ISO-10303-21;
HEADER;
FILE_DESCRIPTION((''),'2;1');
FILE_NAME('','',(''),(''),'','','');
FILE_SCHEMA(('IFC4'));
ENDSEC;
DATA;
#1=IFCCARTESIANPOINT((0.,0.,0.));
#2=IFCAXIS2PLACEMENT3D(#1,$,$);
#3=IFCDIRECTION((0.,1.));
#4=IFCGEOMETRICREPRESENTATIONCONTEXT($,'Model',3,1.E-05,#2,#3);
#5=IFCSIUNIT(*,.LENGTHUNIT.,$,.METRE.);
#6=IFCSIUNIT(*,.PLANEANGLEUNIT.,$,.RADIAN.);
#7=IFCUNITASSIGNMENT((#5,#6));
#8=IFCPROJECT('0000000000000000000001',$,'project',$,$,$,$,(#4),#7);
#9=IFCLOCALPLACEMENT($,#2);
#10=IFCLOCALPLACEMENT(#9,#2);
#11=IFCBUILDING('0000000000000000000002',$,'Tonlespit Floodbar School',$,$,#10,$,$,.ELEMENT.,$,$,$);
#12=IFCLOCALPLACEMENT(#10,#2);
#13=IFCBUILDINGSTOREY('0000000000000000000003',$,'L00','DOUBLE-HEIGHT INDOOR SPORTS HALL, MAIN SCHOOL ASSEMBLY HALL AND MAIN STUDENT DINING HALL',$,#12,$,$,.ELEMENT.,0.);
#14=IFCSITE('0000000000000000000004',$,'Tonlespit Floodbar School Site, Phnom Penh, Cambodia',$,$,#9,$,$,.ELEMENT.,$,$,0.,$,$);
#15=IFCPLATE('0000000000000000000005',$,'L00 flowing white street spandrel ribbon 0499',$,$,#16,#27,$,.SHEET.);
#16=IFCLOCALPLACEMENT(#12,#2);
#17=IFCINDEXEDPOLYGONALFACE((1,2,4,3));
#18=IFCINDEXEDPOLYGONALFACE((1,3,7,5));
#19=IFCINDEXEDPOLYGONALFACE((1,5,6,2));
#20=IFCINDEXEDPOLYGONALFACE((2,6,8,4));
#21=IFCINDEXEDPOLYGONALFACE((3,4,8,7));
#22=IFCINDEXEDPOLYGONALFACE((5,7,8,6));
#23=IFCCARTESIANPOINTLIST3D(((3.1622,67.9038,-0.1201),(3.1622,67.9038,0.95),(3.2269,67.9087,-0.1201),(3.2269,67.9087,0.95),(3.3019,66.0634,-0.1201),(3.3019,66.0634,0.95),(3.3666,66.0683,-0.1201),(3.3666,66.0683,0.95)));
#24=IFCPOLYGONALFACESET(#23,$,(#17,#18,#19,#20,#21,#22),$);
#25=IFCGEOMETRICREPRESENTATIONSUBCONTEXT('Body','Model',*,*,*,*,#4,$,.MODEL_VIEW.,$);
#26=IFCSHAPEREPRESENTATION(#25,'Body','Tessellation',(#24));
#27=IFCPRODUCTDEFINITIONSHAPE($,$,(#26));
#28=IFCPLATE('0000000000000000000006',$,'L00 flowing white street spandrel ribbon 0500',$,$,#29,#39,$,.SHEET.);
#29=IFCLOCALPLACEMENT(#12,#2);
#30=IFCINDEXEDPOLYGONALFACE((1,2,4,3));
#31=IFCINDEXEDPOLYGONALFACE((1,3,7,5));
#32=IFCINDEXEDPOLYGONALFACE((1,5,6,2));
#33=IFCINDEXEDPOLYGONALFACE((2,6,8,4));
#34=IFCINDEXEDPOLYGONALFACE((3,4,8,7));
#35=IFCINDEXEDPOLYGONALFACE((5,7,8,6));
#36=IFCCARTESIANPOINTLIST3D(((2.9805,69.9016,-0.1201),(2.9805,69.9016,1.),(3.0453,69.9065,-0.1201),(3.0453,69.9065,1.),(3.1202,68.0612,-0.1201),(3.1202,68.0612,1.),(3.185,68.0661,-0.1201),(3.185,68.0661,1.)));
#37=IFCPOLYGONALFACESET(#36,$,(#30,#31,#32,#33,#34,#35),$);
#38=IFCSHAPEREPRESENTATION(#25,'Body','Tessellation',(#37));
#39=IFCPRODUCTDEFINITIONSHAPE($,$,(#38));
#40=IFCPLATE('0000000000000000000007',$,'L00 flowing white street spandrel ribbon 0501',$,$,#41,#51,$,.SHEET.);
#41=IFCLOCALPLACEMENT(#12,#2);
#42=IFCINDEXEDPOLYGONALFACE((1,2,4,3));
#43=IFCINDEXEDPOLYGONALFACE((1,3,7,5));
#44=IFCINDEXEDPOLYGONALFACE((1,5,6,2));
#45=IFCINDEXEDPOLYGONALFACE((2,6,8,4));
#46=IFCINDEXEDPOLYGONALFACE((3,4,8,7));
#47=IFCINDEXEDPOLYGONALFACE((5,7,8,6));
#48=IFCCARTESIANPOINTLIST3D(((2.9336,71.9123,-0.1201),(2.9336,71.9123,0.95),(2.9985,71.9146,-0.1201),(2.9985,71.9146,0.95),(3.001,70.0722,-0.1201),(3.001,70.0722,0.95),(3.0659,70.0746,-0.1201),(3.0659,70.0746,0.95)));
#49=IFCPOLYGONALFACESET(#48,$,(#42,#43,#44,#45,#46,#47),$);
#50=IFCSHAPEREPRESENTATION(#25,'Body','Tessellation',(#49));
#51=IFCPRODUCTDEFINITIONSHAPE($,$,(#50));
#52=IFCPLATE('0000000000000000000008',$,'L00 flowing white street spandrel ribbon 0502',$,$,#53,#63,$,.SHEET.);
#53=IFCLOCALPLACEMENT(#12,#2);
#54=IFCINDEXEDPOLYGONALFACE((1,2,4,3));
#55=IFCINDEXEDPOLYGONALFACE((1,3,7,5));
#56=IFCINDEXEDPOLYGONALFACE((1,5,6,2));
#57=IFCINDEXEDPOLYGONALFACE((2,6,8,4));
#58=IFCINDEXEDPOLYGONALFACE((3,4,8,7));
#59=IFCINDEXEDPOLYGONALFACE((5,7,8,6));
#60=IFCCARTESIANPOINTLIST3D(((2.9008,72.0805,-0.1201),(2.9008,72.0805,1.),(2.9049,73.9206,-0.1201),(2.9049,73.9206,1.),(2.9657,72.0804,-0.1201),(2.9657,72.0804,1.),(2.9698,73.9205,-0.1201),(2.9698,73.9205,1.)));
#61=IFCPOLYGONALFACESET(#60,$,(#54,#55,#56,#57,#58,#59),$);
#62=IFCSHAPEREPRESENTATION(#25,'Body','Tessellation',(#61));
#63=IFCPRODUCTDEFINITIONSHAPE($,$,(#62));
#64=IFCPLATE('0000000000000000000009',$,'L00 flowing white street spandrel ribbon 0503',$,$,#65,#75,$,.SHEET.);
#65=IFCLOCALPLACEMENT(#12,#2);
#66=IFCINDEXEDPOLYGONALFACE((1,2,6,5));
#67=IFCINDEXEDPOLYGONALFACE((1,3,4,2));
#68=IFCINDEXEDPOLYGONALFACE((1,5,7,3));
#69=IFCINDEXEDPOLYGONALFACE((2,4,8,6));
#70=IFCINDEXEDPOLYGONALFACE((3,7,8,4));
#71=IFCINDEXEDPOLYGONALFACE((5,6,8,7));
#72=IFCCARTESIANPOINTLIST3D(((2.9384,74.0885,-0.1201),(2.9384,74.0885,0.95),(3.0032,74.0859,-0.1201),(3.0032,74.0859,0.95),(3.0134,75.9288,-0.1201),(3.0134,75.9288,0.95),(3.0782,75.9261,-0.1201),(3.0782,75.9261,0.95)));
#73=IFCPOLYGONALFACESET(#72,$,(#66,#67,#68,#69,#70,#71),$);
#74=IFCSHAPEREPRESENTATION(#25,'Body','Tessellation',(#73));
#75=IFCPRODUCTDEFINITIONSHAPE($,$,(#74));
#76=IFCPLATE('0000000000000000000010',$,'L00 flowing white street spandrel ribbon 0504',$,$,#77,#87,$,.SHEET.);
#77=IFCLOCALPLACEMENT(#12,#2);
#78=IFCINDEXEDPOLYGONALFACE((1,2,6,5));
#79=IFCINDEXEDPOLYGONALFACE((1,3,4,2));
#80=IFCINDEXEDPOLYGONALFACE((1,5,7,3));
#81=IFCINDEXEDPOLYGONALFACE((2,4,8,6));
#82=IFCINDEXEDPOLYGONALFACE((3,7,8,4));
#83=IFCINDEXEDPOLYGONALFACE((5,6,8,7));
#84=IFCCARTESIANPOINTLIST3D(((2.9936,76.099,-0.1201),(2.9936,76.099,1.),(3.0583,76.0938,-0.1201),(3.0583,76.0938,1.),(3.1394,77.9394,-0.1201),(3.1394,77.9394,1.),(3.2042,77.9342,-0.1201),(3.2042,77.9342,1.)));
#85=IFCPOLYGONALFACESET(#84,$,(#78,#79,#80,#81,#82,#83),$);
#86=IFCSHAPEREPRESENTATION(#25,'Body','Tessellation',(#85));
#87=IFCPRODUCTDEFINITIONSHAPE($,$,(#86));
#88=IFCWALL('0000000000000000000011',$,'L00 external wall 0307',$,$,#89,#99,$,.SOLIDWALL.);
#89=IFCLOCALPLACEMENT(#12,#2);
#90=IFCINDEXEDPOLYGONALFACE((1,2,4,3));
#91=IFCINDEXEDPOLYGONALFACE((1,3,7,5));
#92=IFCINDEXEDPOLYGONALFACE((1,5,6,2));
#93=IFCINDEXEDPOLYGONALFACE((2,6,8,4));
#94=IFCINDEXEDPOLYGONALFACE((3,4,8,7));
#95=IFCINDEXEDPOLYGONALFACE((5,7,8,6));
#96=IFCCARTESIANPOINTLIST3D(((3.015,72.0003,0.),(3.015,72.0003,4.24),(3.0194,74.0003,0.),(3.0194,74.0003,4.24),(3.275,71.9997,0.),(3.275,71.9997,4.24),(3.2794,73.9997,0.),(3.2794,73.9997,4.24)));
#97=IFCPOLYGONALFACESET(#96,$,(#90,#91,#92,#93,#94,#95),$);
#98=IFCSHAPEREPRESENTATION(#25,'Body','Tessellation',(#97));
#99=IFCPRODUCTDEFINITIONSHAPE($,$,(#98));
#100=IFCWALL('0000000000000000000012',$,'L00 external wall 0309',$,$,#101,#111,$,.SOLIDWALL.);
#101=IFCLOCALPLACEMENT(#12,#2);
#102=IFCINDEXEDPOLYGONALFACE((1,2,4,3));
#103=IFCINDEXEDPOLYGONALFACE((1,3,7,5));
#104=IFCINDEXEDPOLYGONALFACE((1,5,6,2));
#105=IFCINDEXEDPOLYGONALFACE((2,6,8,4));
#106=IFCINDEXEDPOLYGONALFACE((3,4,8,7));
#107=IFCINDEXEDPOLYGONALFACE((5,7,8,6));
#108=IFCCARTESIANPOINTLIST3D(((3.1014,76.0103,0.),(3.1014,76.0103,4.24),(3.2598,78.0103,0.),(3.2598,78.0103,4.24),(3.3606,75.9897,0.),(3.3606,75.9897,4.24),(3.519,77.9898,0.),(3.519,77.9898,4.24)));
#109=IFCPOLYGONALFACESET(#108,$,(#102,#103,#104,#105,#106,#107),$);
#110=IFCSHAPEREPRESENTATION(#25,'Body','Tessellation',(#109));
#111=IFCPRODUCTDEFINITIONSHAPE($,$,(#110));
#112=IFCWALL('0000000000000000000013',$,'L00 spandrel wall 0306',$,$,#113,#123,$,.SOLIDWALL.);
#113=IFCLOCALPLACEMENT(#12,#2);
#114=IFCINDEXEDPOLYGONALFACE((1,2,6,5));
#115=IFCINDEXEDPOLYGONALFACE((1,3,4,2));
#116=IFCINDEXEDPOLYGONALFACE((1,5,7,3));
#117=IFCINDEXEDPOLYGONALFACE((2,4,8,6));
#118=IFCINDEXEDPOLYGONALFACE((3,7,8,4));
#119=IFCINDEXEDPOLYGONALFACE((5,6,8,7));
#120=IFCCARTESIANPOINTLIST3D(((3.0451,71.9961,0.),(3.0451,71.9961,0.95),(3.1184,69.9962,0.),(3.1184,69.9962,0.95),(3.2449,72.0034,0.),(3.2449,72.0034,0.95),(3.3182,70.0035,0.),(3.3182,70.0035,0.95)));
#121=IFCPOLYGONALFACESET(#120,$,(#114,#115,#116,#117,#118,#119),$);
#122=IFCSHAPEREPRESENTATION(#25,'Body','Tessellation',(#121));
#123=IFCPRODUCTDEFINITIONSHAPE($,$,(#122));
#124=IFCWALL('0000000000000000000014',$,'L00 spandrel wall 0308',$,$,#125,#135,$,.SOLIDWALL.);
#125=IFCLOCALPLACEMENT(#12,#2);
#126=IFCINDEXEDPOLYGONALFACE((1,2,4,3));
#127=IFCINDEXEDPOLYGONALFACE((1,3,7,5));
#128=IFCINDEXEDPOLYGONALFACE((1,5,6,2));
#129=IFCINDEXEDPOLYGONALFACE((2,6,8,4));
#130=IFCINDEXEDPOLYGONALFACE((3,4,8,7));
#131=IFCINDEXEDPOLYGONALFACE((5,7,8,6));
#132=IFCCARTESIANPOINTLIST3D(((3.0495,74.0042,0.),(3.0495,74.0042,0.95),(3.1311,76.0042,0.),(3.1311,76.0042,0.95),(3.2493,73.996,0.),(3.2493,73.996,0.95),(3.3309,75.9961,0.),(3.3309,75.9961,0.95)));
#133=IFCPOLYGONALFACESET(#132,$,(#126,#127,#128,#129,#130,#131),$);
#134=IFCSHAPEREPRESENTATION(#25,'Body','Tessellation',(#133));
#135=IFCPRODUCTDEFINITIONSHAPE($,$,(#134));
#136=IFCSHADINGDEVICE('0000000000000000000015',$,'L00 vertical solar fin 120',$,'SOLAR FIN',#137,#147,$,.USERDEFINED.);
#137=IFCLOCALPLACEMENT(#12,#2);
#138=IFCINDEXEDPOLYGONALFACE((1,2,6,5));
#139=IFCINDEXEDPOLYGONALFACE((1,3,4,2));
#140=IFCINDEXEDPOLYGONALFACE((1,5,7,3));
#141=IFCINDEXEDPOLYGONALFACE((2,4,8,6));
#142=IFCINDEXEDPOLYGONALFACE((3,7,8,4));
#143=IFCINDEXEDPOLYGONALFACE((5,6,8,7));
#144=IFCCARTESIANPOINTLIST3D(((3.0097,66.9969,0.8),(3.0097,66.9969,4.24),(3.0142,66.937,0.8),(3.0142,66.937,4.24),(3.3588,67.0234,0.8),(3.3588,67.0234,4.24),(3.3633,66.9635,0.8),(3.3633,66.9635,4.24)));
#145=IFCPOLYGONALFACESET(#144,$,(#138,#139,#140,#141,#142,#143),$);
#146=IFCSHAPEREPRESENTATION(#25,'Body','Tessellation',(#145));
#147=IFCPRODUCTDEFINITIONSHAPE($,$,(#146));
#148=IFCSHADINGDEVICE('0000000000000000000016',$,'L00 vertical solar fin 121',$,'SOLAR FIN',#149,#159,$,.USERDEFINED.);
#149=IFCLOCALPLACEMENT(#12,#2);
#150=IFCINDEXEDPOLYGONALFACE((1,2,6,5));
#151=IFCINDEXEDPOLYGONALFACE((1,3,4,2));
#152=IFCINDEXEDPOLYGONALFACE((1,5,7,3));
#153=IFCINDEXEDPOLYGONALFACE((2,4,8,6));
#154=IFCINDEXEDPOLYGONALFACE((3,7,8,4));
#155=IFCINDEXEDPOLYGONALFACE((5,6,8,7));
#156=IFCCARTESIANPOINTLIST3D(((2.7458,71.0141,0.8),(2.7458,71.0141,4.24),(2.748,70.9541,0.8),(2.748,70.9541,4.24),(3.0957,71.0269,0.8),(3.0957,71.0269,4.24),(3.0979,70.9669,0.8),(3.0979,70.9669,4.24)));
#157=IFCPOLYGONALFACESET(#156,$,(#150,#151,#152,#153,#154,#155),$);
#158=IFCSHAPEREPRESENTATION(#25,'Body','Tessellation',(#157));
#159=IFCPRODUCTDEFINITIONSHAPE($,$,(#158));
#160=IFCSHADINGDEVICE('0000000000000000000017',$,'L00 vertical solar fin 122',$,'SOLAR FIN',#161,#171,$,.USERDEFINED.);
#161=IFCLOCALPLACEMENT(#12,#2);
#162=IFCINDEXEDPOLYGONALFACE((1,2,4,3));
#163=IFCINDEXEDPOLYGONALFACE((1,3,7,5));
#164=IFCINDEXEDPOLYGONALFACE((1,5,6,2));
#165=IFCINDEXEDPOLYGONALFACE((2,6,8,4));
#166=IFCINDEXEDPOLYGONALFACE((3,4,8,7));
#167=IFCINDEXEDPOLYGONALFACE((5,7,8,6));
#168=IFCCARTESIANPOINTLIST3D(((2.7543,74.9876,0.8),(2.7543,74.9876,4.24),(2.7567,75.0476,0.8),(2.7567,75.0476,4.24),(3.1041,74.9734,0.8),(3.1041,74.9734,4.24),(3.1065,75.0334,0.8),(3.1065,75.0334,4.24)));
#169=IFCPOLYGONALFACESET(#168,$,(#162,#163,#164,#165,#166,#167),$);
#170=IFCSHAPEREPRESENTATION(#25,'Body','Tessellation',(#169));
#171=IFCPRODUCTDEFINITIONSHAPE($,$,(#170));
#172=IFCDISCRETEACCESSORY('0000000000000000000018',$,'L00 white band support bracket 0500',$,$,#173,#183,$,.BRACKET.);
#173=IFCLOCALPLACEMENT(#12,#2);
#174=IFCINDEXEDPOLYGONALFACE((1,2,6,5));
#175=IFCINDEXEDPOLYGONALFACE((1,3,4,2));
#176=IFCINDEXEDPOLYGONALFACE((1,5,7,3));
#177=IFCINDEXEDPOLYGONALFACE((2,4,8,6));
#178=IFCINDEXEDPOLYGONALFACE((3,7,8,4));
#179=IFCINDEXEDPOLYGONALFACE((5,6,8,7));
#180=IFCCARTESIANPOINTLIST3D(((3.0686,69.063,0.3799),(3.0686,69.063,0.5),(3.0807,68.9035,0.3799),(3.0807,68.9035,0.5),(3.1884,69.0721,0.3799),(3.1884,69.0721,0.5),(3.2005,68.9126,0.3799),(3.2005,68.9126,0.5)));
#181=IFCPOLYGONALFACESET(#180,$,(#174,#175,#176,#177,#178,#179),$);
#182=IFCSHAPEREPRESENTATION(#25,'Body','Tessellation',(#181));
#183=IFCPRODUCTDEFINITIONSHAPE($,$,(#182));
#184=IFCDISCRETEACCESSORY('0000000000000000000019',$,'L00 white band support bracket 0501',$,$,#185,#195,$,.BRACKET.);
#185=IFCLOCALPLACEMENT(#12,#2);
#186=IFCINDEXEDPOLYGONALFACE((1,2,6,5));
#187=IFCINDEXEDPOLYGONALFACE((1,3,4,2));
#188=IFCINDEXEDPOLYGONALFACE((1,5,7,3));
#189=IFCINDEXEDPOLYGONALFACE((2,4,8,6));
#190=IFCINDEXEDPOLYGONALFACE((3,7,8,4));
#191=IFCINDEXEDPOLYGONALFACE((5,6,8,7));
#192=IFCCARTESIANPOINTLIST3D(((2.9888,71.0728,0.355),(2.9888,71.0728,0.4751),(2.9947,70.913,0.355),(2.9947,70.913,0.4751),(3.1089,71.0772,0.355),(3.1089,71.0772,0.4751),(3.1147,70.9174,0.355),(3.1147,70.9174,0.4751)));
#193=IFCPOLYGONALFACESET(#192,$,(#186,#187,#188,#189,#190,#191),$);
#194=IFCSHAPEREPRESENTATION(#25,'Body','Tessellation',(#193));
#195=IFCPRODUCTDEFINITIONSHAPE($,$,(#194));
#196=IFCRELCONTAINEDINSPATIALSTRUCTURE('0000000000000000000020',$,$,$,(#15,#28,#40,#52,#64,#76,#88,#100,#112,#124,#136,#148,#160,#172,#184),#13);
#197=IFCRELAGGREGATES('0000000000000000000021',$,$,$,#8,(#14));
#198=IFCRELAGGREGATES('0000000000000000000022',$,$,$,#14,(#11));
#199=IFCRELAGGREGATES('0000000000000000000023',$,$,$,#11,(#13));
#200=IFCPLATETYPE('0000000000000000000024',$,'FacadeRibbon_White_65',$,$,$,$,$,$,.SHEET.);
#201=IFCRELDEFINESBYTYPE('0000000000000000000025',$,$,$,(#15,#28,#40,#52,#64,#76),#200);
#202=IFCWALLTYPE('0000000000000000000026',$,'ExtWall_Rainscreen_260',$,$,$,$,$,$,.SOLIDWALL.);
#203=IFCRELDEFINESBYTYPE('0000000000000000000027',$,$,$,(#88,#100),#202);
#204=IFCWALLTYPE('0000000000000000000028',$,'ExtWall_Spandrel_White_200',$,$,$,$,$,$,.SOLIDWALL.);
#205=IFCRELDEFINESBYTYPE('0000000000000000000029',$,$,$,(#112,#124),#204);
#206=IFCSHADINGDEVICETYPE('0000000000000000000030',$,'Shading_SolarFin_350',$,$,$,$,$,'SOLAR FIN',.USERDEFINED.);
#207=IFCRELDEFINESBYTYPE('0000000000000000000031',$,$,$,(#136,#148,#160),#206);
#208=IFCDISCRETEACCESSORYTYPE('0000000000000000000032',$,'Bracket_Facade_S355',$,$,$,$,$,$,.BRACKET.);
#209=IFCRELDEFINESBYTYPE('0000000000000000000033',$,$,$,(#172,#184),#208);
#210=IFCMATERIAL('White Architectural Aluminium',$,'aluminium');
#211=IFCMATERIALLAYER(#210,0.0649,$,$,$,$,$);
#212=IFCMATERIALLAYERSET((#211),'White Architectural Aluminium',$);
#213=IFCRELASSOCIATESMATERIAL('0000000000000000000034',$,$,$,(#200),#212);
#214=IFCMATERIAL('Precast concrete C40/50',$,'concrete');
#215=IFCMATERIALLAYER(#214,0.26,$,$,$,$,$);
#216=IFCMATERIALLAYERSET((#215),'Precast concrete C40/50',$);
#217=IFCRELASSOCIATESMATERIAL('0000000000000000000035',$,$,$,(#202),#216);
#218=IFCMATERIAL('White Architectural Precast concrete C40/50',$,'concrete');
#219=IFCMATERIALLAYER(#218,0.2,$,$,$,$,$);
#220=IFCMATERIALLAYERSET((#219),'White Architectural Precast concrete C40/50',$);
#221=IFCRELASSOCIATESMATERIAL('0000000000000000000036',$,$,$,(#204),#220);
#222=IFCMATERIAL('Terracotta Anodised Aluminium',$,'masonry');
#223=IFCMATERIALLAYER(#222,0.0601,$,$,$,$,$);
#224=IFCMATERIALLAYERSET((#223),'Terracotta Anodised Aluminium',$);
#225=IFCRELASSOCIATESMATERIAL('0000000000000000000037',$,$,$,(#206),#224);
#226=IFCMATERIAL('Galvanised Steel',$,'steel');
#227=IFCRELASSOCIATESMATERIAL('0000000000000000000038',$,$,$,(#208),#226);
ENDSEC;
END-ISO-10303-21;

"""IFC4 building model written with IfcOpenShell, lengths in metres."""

from ifc_helpers import new_model, si_unit, direction, frame, frame_2d, origin, origin_2d, place, context, subcontext, project, spatial, rectangle, extrude, material, layer, layer_set, type_object, element, save


model = new_model("IFC4")

# Units and contexts
model_context = context("Model", 3, precision=1e-05, world=origin(), true_north=direction((0.0, 1.0)))
body_context = subcontext(model_context, "Body", "Model", "MODEL_VIEW")
ifc_project = project(units=[si_unit("LENGTHUNIT", "METRE"), si_unit("PLANEANGLEUNIT", "RADIAN")], contexts=[model_context])

# Site, building, storey
site_placement = place(None, origin())
site = spatial("IfcSite", under=ifc_project, at=site_placement, Name="Tonlespit Floodbar School Site, Phnom Penh, Cambodia", CompositionType="ELEMENT", RefElevation=0.0)
building_placement = place(site_placement, origin())
building = spatial("IfcBuilding", under=site, at=building_placement, Name="Tonlespit Floodbar School", CompositionType="ELEMENT")
storey_placement = place(building_placement, origin())
storey = spatial("IfcBuildingStorey", under=building, at=storey_placement, Name="L00", Description="DOUBLE-HEIGHT INDOOR SPORTS HALL, MAIN SCHOOL ASSEMBLY HALL AND MAIN STUDENT DINING HALL", CompositionType="ELEMENT", Elevation=0.0)

# Plates
ifc_material_1 = material(Name="White Architectural Aluminium", Category="aluminium")
ifc_layer_1 = layer(ifc_material_1, 0.0649)
ifc_layer_set_1 = layer_set([ifc_layer_1], Name="White Architectural Aluminium")
plate_type_1 = type_object("IfcPlateType", Name="FacadeRibbon_White_65", PredefinedType="SHEET", material=ifc_layer_set_1)
plate_1_placement = place(storey_placement, frame((3.2644, 66.9861, -0.1201), z_axis=(0.0, 0.0, 1.0), x_axis=(-0.075682, 0.997132, 0.0)))
element("IfcPlate", 1, at=plate_1_placement, inside=storey, type_object=plate_type_1, Name="L00 flowing white street spandrel ribbon 0499", PredefinedType="SHEET", context=body_context, shape_type="SweptSolid", body=[
    extrude(rectangle(XDim=1.8457, YDim=0.0649, at=origin_2d()), origin(), (0.0, 0.0, 1.0), 1.0701),
])
plate_2_placement = place(storey_placement, frame((3.0828, 68.9839, -0.1201), z_axis=(0.0, 0.0, 1.0), x_axis=(-0.075682, 0.997132, 0.0)))
element("IfcPlate", 2, at=plate_2_placement, inside=storey, type_object=plate_type_1, Name="L00 flowing white street spandrel ribbon 0500", PredefinedType="SHEET", context=body_context, shape_type="SweptSolid", body=[
    extrude(rectangle(XDim=1.8457, YDim=0.0649, at=origin_2d()), origin(), (0.0, 0.0, 1.0), 1.1201),
])
plate_3_placement = place(storey_placement, frame((2.9998, 70.9934, -0.1201), z_axis=(0.0, 0.0, 1.0), x_axis=(-0.036576, 0.999331, 0.0)))
element("IfcPlate", 3, at=plate_3_placement, inside=storey, type_object=plate_type_1, Name="L00 flowing white street spandrel ribbon 0501", PredefinedType="SHEET", context=body_context, shape_type="SweptSolid", body=[
    extrude(rectangle(XDim=1.8413, YDim=0.0649, at=origin_2d()), origin(), (0.0, 0.0, 1.0), 1.0701),
])
plate_4_placement = place(storey_placement, frame((2.9353, 73.0005, -0.1201), z_axis=(0.0, 0.0, 1.0), x_axis=(0.002201, 0.999998, 0.0)))
element("IfcPlate", 4, at=plate_4_placement, inside=storey, type_object=plate_type_1, Name="L00 flowing white street spandrel ribbon 0502", PredefinedType="SHEET", context=body_context, shape_type="SweptSolid", body=[
    extrude(rectangle(XDim=1.8401, YDim=0.0649, at=origin_2d()), origin(), (0.0, 0.0, 1.0), 1.1201),
])
plate_5_placement = place(storey_placement, frame((3.0083, 75.0073, -0.1201), z_axis=(0.0, 0.0, 1.0), x_axis=(0.040716, 0.999171, 0.0)))
element("IfcPlate", 5, at=plate_5_placement, inside=storey, type_object=plate_type_1, Name="L00 flowing white street spandrel ribbon 0503", PredefinedType="SHEET", context=body_context, shape_type="SweptSolid", body=[
    extrude(rectangle(XDim=1.8418, YDim=0.0649, at=origin_2d()), origin(), (0.0, 0.0, 1.0), 1.0701),
])
plate_6_placement = place(storey_placement, frame((3.0989, 77.0166, -0.1201), z_axis=(0.0, 0.0, 1.0), x_axis=(0.079002, 0.996874, 0.0)))
element("IfcPlate", 6, at=plate_6_placement, inside=storey, type_object=plate_type_1, Name="L00 flowing white street spandrel ribbon 0504", PredefinedType="SHEET", context=body_context, shape_type="SweptSolid", body=[
    extrude(rectangle(XDim=1.8462, YDim=0.0649, at=origin_2d()), origin(), (0.0, 0.0, 1.0), 1.1201),
])

# Walls
ifc_material_2 = material(Name="Precast concrete C40/50", Category="concrete")
ifc_layer_2 = layer(ifc_material_2, 0.26)
ifc_layer_set_2 = layer_set([ifc_layer_2], Name="Precast concrete C40/50")
wall_type_1 = type_object("IfcWallType", Name="ExtWall_Rainscreen_260", PredefinedType="SOLIDWALL", material=ifc_layer_set_2)
wall_1_placement = place(storey_placement, frame((3.145, 72.0, 0.0), z_axis=(0.0, 0.0, 1.0), x_axis=(0.002197, 0.999998, 0.0)))
element("IfcWall", 7, at=wall_1_placement, inside=storey, type_object=wall_type_1, Name="L00 external wall 0307", PredefinedType="SOLIDWALL", context=body_context, shape_type="SweptSolid", body=[
    extrude(rectangle(XDim=2.0, YDim=0.26, at=frame_2d((1.0, 0.0))), origin(), (0.0, 0.0, 1.0), 4.24),
])
wall_2_placement = place(storey_placement, frame((3.231, 76.0, 0.0), z_axis=(0.0, 0.0, 1.0), x_axis=(0.078976, 0.996877, 0.0)))
element("IfcWall", 8, at=wall_2_placement, inside=storey, type_object=wall_type_1, Name="L00 external wall 0309", PredefinedType="SOLIDWALL", context=body_context, shape_type="SweptSolid", body=[
    extrude(rectangle(XDim=2.0063, YDim=0.26, at=frame_2d((1.0032, 0.0))), origin(), (0.0, 0.0, 1.0), 4.24),
])
ifc_material_3 = material(Name="White Architectural Precast concrete C40/50", Category="concrete")
ifc_layer_3 = layer(ifc_material_3, 0.2)
ifc_layer_set_3 = layer_set([ifc_layer_3], Name="White Architectural Precast concrete C40/50")
wall_type_2 = type_object("IfcWallType", Name="ExtWall_Spandrel_White_200", PredefinedType="SOLIDWALL", material=ifc_layer_set_3)
wall_3_placement = place(storey_placement, frame((3.2183, 70.0, 0.0), z_axis=(0.0, 0.0, 1.0), x_axis=(-0.036597, 0.99933, 0.0)))
element("IfcWall", 9, at=wall_3_placement, inside=storey, type_object=wall_type_2, Name="L00 spandrel wall 0306", PredefinedType="SOLIDWALL", context=body_context, shape_type="SweptSolid", body=[
    extrude(rectangle(XDim=2.0012, YDim=0.2, at=frame_2d((1.0005, 0.0))), origin(), (0.0, 0.0, 1.0), 0.95),
])
wall_4_placement = place(storey_placement, frame((3.1494, 74.0, 0.0), z_axis=(0.0, 0.0, 1.0), x_axis=(0.040738, 0.99917, 0.0)))
element("IfcWall", 10, at=wall_4_placement, inside=storey, type_object=wall_type_2, Name="L00 spandrel wall 0308", PredefinedType="SOLIDWALL", context=body_context, shape_type="SweptSolid", body=[
    extrude(rectangle(XDim=2.0017, YDim=0.2, at=frame_2d((1.001, 0.0))), origin(), (0.0, 0.0, 1.0), 0.95),
])

# Shading devices
ifc_material_4 = material(Name="Terracotta Anodised Aluminium", Category="masonry")
ifc_layer_4 = layer(ifc_material_4, 0.0601)
ifc_layer_set_4 = layer_set([ifc_layer_4], Name="Terracotta Anodised Aluminium")
shading_device_type = type_object("IfcShadingDeviceType", Name="Shading_SolarFin_350", ElementType="SOLAR FIN", PredefinedType="USERDEFINED", material=ifc_layer_set_4)
for number, where, z_axis, x_axis, name in (
    (11, (3.1865, 66.9802, 0.8), (0.0, 0.0, 1.0), (-0.075682, 0.997132, 0.0), "L00 vertical solar fin 120"),
    (12, (2.9219, 70.9905, 0.8), (0.0, 0.0, 1.0), (-0.036576, 0.999331, 0.0), "L00 vertical solar fin 121"),
    (13, (2.9304, 75.0105, 0.8), (0.0, 0.0, 1.0), (0.040716, 0.999171, 0.0), "L00 vertical solar fin 122"),
):
    element("IfcShadingDevice", number, at=place(storey_placement, frame(where, z_axis=z_axis, x_axis=x_axis)), inside=storey, type_object=shading_device_type, Name=name, ObjectType="SOLAR FIN", PredefinedType="USERDEFINED", context=body_context, shape_type="SweptSolid", body=[
        extrude(rectangle(XDim=0.0601, YDim=0.3501, at=origin_2d()), origin(), (0.0, 0.0, 1.0), 3.4399),
    ])

# Discrete accessories
ifc_material_5 = material(Name="Galvanised Steel", Category="steel")
discrete_accessory_type = type_object("IfcDiscreteAccessoryType", Name="Bracket_Facade_S355", PredefinedType="BRACKET", material=ifc_material_5)
for number, where, z_axis, x_axis, name in (
    (14, (3.1345, 68.9878, 0.3799), (0.0, 0.0, 1.0), (-0.075682, 0.997132, 0.0), "L00 white band support bracket 0500"),
    (15, (3.0518, 70.9951, 0.355), (0.0, 0.0, 1.0), (-0.036576, 0.999331, 0.0), "L00 white band support bracket 0501"),
):
    element("IfcDiscreteAccessory", number, at=place(storey_placement, frame(where, z_axis=z_axis, x_axis=x_axis)), inside=storey, type_object=discrete_accessory_type, Name=name, PredefinedType="BRACKET", context=body_context, shape_type="SweptSolid", body=[
        extrude(rectangle(XDim=0.1599, YDim=0.1201, at=origin_2d()), origin(), (0.0, 0.0, 1.0), 0.1201),
    ])

save(model, "model.ifc")
